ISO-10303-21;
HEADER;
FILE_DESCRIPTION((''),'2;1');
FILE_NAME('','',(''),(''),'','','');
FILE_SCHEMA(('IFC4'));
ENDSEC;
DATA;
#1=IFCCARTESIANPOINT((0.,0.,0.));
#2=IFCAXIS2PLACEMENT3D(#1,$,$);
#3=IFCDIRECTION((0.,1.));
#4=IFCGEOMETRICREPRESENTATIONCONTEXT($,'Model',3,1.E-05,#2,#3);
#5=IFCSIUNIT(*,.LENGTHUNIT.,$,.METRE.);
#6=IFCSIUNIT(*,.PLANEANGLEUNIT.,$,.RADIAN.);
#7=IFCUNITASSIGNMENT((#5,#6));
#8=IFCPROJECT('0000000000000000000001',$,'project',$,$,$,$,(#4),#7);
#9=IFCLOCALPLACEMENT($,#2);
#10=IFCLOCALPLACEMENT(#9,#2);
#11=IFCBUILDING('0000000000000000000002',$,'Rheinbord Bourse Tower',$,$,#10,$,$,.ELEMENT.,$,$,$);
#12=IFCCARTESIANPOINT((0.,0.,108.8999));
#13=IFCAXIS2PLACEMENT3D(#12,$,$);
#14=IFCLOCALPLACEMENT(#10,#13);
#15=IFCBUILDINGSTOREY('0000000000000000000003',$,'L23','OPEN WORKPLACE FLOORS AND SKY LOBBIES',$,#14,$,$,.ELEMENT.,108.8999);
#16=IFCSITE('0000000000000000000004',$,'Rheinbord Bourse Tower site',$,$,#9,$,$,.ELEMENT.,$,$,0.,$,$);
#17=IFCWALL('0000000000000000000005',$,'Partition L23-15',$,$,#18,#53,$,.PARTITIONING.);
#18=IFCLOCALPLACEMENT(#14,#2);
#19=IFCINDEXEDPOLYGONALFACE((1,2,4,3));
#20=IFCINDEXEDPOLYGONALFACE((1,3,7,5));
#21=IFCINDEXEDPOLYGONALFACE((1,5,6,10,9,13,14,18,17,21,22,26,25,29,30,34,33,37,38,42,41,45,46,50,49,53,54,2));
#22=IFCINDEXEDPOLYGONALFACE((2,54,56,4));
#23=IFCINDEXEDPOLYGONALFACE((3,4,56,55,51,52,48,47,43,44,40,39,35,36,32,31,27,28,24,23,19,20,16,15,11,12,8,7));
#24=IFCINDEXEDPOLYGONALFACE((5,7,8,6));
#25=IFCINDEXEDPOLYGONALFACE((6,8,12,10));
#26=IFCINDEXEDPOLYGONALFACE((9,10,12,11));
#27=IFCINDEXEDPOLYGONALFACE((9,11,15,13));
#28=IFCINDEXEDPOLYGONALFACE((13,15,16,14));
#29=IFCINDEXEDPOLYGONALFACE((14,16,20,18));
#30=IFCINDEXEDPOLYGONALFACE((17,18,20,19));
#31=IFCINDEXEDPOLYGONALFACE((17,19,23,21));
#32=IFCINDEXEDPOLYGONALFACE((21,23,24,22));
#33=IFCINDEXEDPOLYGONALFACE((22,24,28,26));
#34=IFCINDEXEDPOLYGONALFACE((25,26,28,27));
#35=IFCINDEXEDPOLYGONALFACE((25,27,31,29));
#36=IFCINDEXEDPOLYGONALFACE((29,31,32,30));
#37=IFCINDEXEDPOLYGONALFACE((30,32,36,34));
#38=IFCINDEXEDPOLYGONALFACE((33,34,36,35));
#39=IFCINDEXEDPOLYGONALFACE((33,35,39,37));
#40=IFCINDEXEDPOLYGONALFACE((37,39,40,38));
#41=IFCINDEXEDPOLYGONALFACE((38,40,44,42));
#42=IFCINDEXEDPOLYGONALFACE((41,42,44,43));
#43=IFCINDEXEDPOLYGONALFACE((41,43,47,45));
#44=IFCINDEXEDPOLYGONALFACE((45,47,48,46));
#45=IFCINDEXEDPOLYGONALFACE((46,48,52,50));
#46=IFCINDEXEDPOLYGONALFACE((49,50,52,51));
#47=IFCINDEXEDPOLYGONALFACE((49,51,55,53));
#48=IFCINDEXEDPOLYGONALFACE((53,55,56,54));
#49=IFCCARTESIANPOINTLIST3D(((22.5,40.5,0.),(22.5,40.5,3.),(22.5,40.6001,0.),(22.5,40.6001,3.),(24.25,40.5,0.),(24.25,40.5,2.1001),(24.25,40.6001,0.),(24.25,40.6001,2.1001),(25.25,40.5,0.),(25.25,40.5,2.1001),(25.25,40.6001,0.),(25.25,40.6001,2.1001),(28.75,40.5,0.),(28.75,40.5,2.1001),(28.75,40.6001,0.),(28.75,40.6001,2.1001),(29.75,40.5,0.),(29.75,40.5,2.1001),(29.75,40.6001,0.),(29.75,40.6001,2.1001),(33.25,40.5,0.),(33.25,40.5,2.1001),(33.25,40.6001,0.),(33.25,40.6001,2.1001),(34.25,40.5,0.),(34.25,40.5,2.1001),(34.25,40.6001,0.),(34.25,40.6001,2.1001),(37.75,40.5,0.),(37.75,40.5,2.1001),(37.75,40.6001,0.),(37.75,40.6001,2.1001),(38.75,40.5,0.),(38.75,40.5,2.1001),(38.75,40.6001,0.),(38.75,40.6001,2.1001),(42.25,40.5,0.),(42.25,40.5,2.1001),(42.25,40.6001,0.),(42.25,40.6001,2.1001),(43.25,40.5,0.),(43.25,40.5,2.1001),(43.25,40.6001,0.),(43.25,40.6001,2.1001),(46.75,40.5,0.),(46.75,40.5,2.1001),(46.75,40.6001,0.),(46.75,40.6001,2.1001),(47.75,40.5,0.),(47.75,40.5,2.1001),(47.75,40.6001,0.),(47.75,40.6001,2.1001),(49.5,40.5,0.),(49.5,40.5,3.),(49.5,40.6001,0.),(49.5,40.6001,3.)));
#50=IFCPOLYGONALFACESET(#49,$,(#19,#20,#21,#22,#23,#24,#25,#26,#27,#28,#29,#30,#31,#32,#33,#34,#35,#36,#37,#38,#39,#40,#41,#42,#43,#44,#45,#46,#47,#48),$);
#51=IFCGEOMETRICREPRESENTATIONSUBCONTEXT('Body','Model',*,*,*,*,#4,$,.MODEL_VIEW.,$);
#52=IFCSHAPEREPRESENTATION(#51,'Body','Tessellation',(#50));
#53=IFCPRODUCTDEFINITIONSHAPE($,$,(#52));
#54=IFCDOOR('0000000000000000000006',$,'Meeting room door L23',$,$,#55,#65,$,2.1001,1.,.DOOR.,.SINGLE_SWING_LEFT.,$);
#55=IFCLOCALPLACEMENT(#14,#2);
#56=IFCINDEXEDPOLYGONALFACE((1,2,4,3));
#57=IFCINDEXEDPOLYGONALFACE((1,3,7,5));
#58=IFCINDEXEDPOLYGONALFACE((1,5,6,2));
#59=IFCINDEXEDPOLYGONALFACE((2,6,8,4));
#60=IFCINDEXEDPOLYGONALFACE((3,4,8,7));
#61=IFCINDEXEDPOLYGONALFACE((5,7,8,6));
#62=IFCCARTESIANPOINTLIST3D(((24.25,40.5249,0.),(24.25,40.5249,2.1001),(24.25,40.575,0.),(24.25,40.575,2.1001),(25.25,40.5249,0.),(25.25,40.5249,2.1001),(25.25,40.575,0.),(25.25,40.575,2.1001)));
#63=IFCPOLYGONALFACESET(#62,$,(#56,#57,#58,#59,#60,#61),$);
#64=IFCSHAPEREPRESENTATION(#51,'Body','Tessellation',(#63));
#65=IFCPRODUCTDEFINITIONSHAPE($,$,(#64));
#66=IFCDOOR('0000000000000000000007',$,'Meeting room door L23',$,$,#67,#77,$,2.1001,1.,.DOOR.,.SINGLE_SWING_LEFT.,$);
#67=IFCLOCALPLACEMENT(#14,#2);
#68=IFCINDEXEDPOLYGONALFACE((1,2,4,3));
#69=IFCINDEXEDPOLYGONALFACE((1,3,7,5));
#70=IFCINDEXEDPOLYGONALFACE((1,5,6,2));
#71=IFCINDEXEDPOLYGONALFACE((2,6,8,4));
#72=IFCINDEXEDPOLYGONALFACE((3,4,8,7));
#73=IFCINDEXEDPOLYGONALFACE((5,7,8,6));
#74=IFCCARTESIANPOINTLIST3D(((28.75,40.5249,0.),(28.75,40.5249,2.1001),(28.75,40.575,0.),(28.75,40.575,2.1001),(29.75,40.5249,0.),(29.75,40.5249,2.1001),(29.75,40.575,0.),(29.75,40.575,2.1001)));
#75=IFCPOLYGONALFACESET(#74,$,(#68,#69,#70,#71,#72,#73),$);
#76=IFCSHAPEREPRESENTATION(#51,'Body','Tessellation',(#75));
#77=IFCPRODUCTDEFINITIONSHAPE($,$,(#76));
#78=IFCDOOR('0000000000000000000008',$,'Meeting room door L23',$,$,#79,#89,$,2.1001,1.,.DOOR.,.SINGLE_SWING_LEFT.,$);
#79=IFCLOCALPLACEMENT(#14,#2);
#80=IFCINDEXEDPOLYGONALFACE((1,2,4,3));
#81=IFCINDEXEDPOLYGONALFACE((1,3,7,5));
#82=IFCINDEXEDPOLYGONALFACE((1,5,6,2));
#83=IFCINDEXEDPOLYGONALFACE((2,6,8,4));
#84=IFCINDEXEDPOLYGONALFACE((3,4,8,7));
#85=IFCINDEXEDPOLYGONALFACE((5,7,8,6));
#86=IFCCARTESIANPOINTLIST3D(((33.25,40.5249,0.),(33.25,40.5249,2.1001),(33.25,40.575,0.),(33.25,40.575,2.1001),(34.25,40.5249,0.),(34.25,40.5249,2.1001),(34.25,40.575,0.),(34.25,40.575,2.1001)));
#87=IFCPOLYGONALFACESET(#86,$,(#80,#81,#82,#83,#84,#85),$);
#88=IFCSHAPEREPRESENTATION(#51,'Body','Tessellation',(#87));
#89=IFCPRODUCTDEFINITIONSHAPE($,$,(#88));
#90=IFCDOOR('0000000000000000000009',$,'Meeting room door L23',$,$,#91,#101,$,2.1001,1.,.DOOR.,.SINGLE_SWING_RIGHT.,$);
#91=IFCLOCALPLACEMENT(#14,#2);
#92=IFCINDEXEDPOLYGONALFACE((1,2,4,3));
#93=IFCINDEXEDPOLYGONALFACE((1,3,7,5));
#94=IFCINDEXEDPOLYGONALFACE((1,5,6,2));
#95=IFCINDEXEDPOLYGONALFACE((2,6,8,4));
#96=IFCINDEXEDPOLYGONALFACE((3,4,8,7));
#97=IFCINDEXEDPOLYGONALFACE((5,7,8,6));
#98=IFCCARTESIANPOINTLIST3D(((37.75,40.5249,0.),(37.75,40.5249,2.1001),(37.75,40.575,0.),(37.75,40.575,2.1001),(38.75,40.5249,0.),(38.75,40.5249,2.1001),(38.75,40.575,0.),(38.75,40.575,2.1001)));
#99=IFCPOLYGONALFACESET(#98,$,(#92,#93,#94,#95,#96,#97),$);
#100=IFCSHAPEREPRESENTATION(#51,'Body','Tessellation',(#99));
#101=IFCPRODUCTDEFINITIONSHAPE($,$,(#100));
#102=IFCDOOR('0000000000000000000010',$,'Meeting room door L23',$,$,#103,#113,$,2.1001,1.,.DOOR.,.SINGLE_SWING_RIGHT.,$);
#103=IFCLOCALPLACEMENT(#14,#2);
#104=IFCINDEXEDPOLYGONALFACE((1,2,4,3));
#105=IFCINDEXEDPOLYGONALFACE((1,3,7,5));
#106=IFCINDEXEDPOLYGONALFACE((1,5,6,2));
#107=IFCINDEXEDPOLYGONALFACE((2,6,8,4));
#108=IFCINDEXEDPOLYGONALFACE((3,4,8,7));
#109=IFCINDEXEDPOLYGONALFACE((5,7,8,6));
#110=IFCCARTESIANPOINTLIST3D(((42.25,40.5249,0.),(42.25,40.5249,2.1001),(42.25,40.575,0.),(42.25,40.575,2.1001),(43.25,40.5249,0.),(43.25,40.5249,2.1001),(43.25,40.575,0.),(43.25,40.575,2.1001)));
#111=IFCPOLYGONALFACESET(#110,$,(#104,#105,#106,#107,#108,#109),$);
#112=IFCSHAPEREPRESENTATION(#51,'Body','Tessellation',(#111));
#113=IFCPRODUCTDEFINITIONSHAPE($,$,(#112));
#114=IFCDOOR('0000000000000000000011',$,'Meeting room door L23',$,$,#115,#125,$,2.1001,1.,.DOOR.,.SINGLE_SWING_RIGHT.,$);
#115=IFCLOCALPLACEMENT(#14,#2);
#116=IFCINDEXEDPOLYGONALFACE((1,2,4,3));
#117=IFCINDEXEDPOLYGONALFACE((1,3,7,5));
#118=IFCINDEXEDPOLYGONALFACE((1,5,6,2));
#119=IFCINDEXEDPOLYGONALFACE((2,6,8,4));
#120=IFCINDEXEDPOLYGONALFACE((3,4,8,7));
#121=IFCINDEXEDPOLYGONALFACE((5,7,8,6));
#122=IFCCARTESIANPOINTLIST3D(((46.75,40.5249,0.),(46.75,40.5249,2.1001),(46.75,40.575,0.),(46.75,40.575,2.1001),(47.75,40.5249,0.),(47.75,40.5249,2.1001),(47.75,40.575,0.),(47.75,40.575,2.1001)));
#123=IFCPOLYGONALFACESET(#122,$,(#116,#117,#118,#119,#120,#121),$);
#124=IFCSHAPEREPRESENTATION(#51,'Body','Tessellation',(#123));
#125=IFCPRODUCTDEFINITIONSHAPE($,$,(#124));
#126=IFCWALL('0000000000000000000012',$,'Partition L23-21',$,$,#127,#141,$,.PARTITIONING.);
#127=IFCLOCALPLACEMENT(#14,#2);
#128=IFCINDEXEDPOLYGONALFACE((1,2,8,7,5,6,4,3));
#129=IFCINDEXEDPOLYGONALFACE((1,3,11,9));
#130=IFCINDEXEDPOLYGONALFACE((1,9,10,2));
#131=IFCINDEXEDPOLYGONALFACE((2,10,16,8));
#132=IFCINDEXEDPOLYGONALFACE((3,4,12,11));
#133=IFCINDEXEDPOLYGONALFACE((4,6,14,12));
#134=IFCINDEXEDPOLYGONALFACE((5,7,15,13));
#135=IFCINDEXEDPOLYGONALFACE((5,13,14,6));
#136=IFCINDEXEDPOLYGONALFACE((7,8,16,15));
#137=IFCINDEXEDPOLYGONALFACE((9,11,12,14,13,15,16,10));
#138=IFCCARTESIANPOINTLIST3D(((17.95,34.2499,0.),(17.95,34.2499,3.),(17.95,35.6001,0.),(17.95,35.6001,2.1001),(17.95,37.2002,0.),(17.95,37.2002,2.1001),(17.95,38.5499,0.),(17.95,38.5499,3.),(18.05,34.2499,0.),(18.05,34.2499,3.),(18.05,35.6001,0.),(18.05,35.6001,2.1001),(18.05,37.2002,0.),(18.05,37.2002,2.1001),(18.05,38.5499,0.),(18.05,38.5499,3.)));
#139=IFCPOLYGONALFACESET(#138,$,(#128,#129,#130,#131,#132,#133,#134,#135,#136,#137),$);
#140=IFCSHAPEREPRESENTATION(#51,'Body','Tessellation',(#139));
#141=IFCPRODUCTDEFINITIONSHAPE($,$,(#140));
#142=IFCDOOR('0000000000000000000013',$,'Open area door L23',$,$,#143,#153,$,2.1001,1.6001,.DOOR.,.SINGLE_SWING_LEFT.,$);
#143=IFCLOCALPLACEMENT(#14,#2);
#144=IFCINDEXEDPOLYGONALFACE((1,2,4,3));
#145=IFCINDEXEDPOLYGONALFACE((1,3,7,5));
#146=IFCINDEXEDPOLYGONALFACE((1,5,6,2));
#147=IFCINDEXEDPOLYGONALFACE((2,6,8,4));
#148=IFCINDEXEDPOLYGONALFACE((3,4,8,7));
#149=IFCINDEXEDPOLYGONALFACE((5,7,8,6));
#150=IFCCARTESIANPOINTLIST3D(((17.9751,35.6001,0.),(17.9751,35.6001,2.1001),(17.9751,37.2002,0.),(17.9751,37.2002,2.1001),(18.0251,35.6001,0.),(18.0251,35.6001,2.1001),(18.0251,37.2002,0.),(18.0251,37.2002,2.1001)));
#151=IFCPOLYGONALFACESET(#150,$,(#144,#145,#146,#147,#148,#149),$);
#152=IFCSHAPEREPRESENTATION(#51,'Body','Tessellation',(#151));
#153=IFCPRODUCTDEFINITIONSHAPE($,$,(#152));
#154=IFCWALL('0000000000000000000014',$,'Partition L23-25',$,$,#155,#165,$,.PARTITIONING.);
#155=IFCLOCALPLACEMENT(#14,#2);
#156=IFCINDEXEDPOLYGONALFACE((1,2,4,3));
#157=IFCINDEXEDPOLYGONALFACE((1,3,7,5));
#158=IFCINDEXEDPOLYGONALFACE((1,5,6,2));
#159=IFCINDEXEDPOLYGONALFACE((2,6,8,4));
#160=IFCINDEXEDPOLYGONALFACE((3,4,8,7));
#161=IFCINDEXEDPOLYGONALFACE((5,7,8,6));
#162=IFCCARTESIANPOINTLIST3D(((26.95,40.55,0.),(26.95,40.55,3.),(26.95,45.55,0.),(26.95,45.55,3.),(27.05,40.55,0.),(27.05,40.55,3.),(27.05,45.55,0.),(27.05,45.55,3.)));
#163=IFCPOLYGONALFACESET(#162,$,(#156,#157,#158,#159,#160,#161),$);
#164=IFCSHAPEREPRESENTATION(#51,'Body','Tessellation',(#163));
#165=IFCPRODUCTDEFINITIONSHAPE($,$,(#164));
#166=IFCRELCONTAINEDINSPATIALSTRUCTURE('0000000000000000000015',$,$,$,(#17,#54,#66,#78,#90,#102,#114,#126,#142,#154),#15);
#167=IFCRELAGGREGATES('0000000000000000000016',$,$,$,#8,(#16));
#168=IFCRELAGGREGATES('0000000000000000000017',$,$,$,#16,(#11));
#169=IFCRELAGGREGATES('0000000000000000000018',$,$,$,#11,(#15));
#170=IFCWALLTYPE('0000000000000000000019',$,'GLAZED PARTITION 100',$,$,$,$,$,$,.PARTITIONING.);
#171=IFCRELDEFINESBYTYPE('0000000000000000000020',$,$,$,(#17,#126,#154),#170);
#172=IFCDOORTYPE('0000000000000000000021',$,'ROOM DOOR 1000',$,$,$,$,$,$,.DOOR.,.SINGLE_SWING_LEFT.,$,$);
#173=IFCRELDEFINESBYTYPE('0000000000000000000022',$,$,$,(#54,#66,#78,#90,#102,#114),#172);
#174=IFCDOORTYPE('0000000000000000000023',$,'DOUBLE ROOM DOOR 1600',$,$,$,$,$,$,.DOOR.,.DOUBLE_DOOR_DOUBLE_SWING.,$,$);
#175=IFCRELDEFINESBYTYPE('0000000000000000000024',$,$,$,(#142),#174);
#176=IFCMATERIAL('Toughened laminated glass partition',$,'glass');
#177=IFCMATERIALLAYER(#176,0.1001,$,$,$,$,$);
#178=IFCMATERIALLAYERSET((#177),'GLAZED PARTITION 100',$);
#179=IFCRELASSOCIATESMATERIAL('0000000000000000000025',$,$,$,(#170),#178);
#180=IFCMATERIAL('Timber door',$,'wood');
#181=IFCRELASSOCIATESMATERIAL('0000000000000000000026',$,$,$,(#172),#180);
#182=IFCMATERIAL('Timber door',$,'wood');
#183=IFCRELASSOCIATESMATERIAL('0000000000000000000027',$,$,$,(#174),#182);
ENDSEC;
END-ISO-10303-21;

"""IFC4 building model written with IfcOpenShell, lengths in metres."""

from ifc_helpers import new_model, si_unit, direction, frame, frame_2d, origin, place, context, subcontext, project, spatial, rectangle, extrude, material, layer, layer_set, type_object, element, fill, save


model = new_model("IFC4")

# Units and contexts
model_context = context("Model", 3, precision=1e-05, world=origin(), true_north=direction((0.0, 1.0)))
body_context = subcontext(model_context, "Body", "Model", "MODEL_VIEW")
ifc_project = project(units=[si_unit("LENGTHUNIT", "METRE"), si_unit("PLANEANGLEUNIT", "RADIAN")], contexts=[model_context])

# Site, building, storey
site_placement = place(None, origin())
site = spatial("IfcSite", under=ifc_project, at=site_placement, Name="Rheinbord Bourse Tower site", CompositionType="ELEMENT", RefElevation=0.0)
building_placement = place(site_placement, origin())
building = spatial("IfcBuilding", under=site, at=building_placement, Name="Rheinbord Bourse Tower", CompositionType="ELEMENT")
storey_placement = place(building_placement, frame((0.0, 0.0, 108.8999)))
storey = spatial("IfcBuildingStorey", under=building, at=storey_placement, Name="L23", Description="OPEN WORKPLACE FLOORS AND SKY LOBBIES", CompositionType="ELEMENT", Elevation=108.8999)

# Wall, openings, doors
ifc_material_1 = material(Name="Toughened laminated glass partition", Category="glass")
ifc_layer_1 = layer(ifc_material_1, 0.1001)
ifc_layer_set_1 = layer_set([ifc_layer_1], Name="GLAZED PARTITION 100")
wall_type_1 = type_object("IfcWallType", Name="GLAZED PARTITION 100", PredefinedType="PARTITIONING", material=ifc_layer_set_1)
wall_1_placement = place(storey_placement, frame((22.5, 40.55, 0.0), z_axis=(0.0, 0.0, 1.0), x_axis=(1.0, 0.0, 0.0)))
wall_1 = element("IfcWall", 1, at=wall_1_placement, inside=storey, type_object=wall_type_1, Name="Partition L23-15", PredefinedType="PARTITIONING", context=body_context, shape_type="SweptSolid", body=[
    extrude(rectangle(XDim=27.0, YDim=0.1001, at=frame_2d((13.5, 0.0))), origin(), (0.0, 0.0, 1.0), 3.0),
])
opening_1_placement = place(wall_1_placement, frame((1.75, 0.0, 0.0)))
opening_1 = element("IfcOpeningElement", 2, at=opening_1_placement, cuts=wall_1, PredefinedType="OPENING", context=body_context, shape_type="SweptSolid", body=[
    extrude(rectangle(XDim=1.0, YDim=2.1001, at=frame_2d((0.5, 1.05))), frame((0.0, 0.0601, 0.0), z_axis=(0.0, -1.0, 0.0), x_axis=(1.0, 0.0, 0.0)), (0.0, 0.0, 1.0), 0.1201),
])
opening_2_placement = place(wall_1_placement, frame((6.25, 0.0, 0.0)))
opening_2 = element("IfcOpeningElement", 3, at=opening_2_placement, cuts=wall_1, PredefinedType="OPENING", context=body_context, shape_type="SweptSolid", body=[
    extrude(rectangle(XDim=1.0, YDim=2.1001, at=frame_2d((0.5, 1.05))), frame((0.0, 0.0601, 0.0), z_axis=(0.0, -1.0, 0.0), x_axis=(1.0, 0.0, 0.0)), (0.0, 0.0, 1.0), 0.1201),
])
opening_3_placement = place(wall_1_placement, frame((10.75, 0.0, 0.0)))
opening_3 = element("IfcOpeningElement", 4, at=opening_3_placement, cuts=wall_1, PredefinedType="OPENING", context=body_context, shape_type="SweptSolid", body=[
    extrude(rectangle(XDim=1.0, YDim=2.1001, at=frame_2d((0.5, 1.05))), frame((0.0, 0.0601, 0.0), z_axis=(0.0, -1.0, 0.0), x_axis=(1.0, 0.0, 0.0)), (0.0, 0.0, 1.0), 0.1201),
])
opening_4_placement = place(wall_1_placement, frame((15.25, 0.0, 0.0)))
opening_4 = element("IfcOpeningElement", 5, at=opening_4_placement, cuts=wall_1, PredefinedType="OPENING", context=body_context, shape_type="SweptSolid", body=[
    extrude(rectangle(XDim=1.0, YDim=2.1001, at=frame_2d((0.5, 1.05))), frame((0.0, 0.0601, 0.0), z_axis=(0.0, -1.0, 0.0), x_axis=(1.0, 0.0, 0.0)), (0.0, 0.0, 1.0), 0.1201),
])
opening_5_placement = place(wall_1_placement, frame((19.75, 0.0, 0.0)))
opening_5 = element("IfcOpeningElement", 6, at=opening_5_placement, cuts=wall_1, PredefinedType="OPENING", context=body_context, shape_type="SweptSolid", body=[
    extrude(rectangle(XDim=1.0, YDim=2.1001, at=frame_2d((0.5, 1.05))), frame((0.0, 0.0601, 0.0), z_axis=(0.0, -1.0, 0.0), x_axis=(1.0, 0.0, 0.0)), (0.0, 0.0, 1.0), 0.1201),
])
opening_6_placement = place(wall_1_placement, frame((24.25, 0.0, 0.0)))
opening_6 = element("IfcOpeningElement", 7, at=opening_6_placement, cuts=wall_1, PredefinedType="OPENING", context=body_context, shape_type="SweptSolid", body=[
    extrude(rectangle(XDim=1.0, YDim=2.1001, at=frame_2d((0.5, 1.05))), frame((0.0, 0.0601, 0.0), z_axis=(0.0, -1.0, 0.0), x_axis=(1.0, 0.0, 0.0)), (0.0, 0.0, 1.0), 0.1201),
])
ifc_material_2 = material(Name="Timber door", Category="wood")
door_type_1 = type_object("IfcDoorType", Name="ROOM DOOR 1000", OperationType="SINGLE_SWING_LEFT", PredefinedType="DOOR", material=ifc_material_2)
door_1_placement = place(opening_1_placement, origin())
door_1 = element("IfcDoor", 8, at=door_1_placement, inside=storey, type_object=door_type_1, Name="Meeting room door L23", OperationType="SINGLE_SWING_LEFT", OverallHeight=2.1001, OverallWidth=1.0, PredefinedType="DOOR", context=body_context, shape_type="SweptSolid", body=[
    extrude(rectangle(XDim=1.0, YDim=2.1001, at=frame_2d((0.5, 1.05))), frame((0.0, 0.0249, 0.0), z_axis=(0.0, -1.0, 0.0), x_axis=(1.0, 0.0, 0.0)), (0.0, 0.0, 1.0), 0.05),
])
fill(opening_1, door_1)
door_2_placement = place(opening_2_placement, origin())
door_2 = element("IfcDoor", 9, at=door_2_placement, inside=storey, type_object=door_type_1, Name="Meeting room door L23", OperationType="SINGLE_SWING_LEFT", OverallHeight=2.1001, OverallWidth=1.0, PredefinedType="DOOR", context=body_context, shape_type="SweptSolid", body=[
    extrude(rectangle(XDim=1.0, YDim=2.1001, at=frame_2d((0.5, 1.05))), frame((0.0, 0.0249, 0.0), z_axis=(0.0, -1.0, 0.0), x_axis=(1.0, 0.0, 0.0)), (0.0, 0.0, 1.0), 0.05),
])
fill(opening_2, door_2)
door_3_placement = place(opening_3_placement, origin())
door_3 = element("IfcDoor", 10, at=door_3_placement, inside=storey, type_object=door_type_1, Name="Meeting room door L23", OperationType="SINGLE_SWING_LEFT", OverallHeight=2.1001, OverallWidth=1.0, PredefinedType="DOOR", context=body_context, shape_type="SweptSolid", body=[
    extrude(rectangle(XDim=1.0, YDim=2.1001, at=frame_2d((0.5, 1.05))), frame((0.0, 0.0249, 0.0), z_axis=(0.0, -1.0, 0.0), x_axis=(1.0, 0.0, 0.0)), (0.0, 0.0, 1.0), 0.05),
])
fill(opening_3, door_3)
door_4_placement = place(opening_4_placement, origin())
door_4 = element("IfcDoor", 11, at=door_4_placement, inside=storey, type_object=door_type_1, Name="Meeting room door L23", OperationType="SINGLE_SWING_RIGHT", OverallHeight=2.1001, OverallWidth=1.0, PredefinedType="DOOR", context=body_context, shape_type="SweptSolid", body=[
    extrude(rectangle(XDim=1.0, YDim=2.1001, at=frame_2d((0.5, 1.05))), frame((0.0, 0.0249, 0.0), z_axis=(0.0, -1.0, 0.0), x_axis=(1.0, 0.0, 0.0)), (0.0, 0.0, 1.0), 0.05),
])
fill(opening_4, door_4)
door_5_placement = place(opening_5_placement, origin())
door_5 = element("IfcDoor", 12, at=door_5_placement, inside=storey, type_object=door_type_1, Name="Meeting room door L23", OperationType="SINGLE_SWING_RIGHT", OverallHeight=2.1001, OverallWidth=1.0, PredefinedType="DOOR", context=body_context, shape_type="SweptSolid", body=[
    extrude(rectangle(XDim=1.0, YDim=2.1001, at=frame_2d((0.5, 1.05))), frame((0.0, 0.0249, 0.0), z_axis=(0.0, -1.0, 0.0), x_axis=(1.0, 0.0, 0.0)), (0.0, 0.0, 1.0), 0.05),
])
fill(opening_5, door_5)
door_6_placement = place(opening_6_placement, origin())
door_6 = element("IfcDoor", 13, at=door_6_placement, inside=storey, type_object=door_type_1, Name="Meeting room door L23", OperationType="SINGLE_SWING_RIGHT", OverallHeight=2.1001, OverallWidth=1.0, PredefinedType="DOOR", context=body_context, shape_type="SweptSolid", body=[
    extrude(rectangle(XDim=1.0, YDim=2.1001, at=frame_2d((0.5, 1.05))), frame((0.0, 0.0249, 0.0), z_axis=(0.0, -1.0, 0.0), x_axis=(1.0, 0.0, 0.0)), (0.0, 0.0, 1.0), 0.05),
])
fill(opening_6, door_6)

# Wall, opening, door
wall_2_placement = place(storey_placement, frame((18.0, 34.25, 0.0), z_axis=(0.0, 0.0, 1.0), x_axis=(0.0, 1.0, 0.0)))
wall_2 = element("IfcWall", 14, at=wall_2_placement, inside=storey, type_object=wall_type_1, Name="Partition L23-21", PredefinedType="PARTITIONING", context=body_context, shape_type="SweptSolid", body=[
    extrude(rectangle(XDim=4.3, YDim=0.1001, at=frame_2d((2.1499, 0.0))), origin(), (0.0, 0.0, 1.0), 3.0),
])
opening_7_placement = place(wall_2_placement, frame((1.3501, 0.0, 0.0)))
opening_7 = element("IfcOpeningElement", 15, at=opening_7_placement, cuts=wall_2, PredefinedType="OPENING", context=body_context, shape_type="SweptSolid", body=[
    extrude(rectangle(XDim=1.6001, YDim=2.1001, at=frame_2d((0.8, 1.05))), frame((0.0, 0.0601, 0.0), z_axis=(0.0, -1.0, 0.0), x_axis=(1.0, 0.0, 0.0)), (0.0, 0.0, 1.0), 0.1201),
])
ifc_material_3 = material(Name="Timber door", Category="wood")
door_type_2 = type_object("IfcDoorType", Name="DOUBLE ROOM DOOR 1600", OperationType="DOUBLE_DOOR_DOUBLE_SWING", PredefinedType="DOOR", material=ifc_material_3)
door_7_placement = place(opening_7_placement, origin())
door_7 = element("IfcDoor", 16, at=door_7_placement, inside=storey, type_object=door_type_2, Name="Open area door L23", OperationType="SINGLE_SWING_LEFT", OverallHeight=2.1001, OverallWidth=1.6001, PredefinedType="DOOR", context=body_context, shape_type="SweptSolid", body=[
    extrude(rectangle(XDim=1.6001, YDim=2.1001, at=frame_2d((0.8, 1.05))), frame((0.0, 0.0249, 0.0), z_axis=(0.0, -1.0, 0.0), x_axis=(1.0, 0.0, 0.0)), (0.0, 0.0, 1.0), 0.05),
])
fill(opening_7, door_7)

# Wall
wall_3_placement = place(storey_placement, frame((27.0, 40.55, 0.0), z_axis=(0.0, 0.0, 1.0), x_axis=(0.0, 1.0, 0.0)))
element("IfcWall", 17, at=wall_3_placement, inside=storey, type_object=wall_type_1, Name="Partition L23-25", PredefinedType="PARTITIONING", context=body_context, shape_type="SweptSolid", body=[
    extrude(rectangle(XDim=5.0, YDim=0.1001, at=frame_2d((2.5, 0.0))), origin(), (0.0, 0.0, 1.0), 3.0),
])

save(model, "model.ifc")
